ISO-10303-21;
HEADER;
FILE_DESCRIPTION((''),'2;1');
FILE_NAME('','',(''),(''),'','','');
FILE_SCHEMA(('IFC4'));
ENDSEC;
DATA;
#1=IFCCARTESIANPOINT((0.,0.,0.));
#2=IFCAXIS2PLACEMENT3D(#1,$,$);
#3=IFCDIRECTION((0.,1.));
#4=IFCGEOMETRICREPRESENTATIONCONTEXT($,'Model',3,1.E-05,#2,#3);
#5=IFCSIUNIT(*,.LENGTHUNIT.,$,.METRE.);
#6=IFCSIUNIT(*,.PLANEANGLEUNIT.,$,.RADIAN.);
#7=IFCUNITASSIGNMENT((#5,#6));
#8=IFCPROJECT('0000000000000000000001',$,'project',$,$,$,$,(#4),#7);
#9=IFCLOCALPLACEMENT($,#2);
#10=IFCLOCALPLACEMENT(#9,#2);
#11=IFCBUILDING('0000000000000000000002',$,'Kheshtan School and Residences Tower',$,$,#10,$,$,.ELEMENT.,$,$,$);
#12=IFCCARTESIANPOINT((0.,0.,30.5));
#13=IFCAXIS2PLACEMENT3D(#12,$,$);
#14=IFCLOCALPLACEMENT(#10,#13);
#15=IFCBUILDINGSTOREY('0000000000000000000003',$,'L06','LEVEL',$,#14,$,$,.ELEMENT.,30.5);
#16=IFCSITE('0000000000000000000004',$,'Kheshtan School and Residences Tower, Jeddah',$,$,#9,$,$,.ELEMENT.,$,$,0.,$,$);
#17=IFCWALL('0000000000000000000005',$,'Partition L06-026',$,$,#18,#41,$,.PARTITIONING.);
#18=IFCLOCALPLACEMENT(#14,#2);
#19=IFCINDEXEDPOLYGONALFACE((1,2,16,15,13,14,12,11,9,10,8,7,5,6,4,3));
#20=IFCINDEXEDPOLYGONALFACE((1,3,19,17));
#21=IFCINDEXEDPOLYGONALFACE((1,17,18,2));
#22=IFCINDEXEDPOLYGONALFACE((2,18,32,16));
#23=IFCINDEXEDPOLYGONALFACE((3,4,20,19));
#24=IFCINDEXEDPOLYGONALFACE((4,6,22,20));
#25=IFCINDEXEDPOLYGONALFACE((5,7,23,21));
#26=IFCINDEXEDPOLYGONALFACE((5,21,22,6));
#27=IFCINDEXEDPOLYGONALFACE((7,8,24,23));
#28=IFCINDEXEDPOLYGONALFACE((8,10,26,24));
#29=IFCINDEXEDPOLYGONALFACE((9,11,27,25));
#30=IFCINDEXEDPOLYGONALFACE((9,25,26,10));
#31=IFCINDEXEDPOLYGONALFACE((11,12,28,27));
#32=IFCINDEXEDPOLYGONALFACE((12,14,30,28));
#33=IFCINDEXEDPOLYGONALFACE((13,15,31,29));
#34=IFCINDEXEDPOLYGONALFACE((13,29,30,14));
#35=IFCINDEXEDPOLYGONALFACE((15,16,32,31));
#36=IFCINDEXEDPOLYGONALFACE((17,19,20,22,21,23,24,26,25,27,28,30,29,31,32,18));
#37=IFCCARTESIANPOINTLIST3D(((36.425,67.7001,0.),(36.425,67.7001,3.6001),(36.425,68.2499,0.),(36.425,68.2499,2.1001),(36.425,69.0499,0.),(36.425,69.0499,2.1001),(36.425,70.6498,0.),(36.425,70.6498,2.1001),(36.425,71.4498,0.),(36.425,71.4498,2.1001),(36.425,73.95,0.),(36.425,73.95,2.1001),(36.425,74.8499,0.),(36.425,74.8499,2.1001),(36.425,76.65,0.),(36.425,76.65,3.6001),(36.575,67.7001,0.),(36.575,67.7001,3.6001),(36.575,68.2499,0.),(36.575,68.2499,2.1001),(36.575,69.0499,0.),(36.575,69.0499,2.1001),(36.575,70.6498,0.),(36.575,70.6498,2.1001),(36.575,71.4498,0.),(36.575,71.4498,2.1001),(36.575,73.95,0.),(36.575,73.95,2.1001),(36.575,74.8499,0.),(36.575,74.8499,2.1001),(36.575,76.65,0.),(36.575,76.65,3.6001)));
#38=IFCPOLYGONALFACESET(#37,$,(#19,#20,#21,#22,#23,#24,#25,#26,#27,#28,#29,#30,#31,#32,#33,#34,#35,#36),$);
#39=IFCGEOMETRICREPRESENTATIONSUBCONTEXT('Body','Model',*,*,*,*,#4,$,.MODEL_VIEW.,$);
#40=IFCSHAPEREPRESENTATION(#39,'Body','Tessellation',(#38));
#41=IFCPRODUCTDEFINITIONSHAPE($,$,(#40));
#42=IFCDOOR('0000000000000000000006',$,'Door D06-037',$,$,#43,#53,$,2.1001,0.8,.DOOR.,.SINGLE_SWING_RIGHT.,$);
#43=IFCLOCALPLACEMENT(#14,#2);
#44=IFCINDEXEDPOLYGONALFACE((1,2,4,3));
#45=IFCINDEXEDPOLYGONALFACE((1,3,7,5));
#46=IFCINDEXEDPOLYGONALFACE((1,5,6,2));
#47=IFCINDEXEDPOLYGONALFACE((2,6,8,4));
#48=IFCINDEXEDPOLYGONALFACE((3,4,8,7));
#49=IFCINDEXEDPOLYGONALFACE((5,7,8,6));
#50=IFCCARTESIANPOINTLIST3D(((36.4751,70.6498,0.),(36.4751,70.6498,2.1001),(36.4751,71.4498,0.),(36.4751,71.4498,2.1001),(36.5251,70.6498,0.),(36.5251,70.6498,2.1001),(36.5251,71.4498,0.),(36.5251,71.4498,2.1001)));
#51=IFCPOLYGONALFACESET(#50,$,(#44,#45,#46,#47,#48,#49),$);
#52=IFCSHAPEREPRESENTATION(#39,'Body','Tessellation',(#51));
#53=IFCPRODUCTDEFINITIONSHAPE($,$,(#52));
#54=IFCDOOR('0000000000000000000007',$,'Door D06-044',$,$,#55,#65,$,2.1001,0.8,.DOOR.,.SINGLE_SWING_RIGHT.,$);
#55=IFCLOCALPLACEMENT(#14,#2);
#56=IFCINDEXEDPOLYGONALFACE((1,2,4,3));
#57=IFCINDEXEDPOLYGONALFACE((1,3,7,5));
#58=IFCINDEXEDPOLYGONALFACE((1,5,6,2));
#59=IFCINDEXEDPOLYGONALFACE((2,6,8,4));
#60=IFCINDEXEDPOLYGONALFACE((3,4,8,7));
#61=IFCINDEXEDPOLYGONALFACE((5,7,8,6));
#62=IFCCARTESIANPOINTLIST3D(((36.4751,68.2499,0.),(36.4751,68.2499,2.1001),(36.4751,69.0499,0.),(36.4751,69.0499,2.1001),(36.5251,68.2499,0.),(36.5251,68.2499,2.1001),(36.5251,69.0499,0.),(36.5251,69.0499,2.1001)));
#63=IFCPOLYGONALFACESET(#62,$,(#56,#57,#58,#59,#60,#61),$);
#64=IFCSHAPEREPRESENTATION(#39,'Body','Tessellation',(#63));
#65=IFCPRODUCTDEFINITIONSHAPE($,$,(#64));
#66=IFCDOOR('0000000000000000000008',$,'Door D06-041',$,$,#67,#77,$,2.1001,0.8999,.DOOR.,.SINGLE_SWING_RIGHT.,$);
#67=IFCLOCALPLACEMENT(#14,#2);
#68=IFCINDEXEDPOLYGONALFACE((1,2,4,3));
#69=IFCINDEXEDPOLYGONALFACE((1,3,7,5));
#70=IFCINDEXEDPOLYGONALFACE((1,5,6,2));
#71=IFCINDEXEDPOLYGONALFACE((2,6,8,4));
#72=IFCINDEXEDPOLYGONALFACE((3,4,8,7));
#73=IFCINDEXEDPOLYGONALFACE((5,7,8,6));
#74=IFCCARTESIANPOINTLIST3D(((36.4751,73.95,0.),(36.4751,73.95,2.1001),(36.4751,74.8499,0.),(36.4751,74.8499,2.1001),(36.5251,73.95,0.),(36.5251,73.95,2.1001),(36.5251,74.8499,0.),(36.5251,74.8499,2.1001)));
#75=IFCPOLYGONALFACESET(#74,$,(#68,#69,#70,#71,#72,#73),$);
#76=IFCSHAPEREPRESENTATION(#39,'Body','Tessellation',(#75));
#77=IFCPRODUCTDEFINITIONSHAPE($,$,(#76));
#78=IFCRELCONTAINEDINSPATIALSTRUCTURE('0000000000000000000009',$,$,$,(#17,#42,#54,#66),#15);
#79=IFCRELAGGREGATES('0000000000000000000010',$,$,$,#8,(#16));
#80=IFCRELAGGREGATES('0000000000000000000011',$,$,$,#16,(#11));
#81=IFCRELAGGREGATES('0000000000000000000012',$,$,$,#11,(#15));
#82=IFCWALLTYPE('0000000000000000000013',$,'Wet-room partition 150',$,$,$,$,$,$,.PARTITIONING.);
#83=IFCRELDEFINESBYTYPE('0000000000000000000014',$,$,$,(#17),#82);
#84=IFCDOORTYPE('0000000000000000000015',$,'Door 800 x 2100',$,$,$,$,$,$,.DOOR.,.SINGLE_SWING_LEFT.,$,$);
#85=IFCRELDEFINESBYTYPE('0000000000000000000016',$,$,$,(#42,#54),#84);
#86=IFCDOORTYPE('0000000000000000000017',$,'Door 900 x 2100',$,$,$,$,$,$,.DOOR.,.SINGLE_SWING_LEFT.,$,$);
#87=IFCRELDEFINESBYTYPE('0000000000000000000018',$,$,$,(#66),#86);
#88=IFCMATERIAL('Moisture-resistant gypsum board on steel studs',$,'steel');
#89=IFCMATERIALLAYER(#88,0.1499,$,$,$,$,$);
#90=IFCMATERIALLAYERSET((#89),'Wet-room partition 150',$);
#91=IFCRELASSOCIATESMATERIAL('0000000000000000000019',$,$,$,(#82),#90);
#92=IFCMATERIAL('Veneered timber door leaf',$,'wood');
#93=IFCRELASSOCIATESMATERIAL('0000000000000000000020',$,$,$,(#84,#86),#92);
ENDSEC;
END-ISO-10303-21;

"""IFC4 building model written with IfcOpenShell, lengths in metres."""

from ifc_helpers import new_model, si_unit, direction, frame, frame_2d, origin, place, context, subcontext, project, spatial, rectangle, extrude, source, transform, mapped, material, layer, layer_set, type_object, element, fill, save


model = new_model("IFC4")

# Units and contexts
model_context = context("Model", 3, precision=1e-05, world=origin(), true_north=direction((0.0, 1.0)))
body_context = subcontext(model_context, "Body", "Model", "MODEL_VIEW")
ifc_project = project(units=[si_unit("LENGTHUNIT", "METRE"), si_unit("PLANEANGLEUNIT", "RADIAN")], contexts=[model_context])

# Site, building, storey
site_placement = place(None, origin())
site = spatial("IfcSite", under=ifc_project, at=site_placement, Name="Kheshtan School and Residences Tower, Jeddah", CompositionType="ELEMENT", RefElevation=0.0)
building_placement = place(site_placement, origin())
building = spatial("IfcBuilding", under=site, at=building_placement, Name="Kheshtan School and Residences Tower", CompositionType="ELEMENT")
storey_placement = place(building_placement, frame((0.0, 0.0, 30.5)))
storey = spatial("IfcBuildingStorey", under=building, at=storey_placement, Name="L06", Description="LEVEL", CompositionType="ELEMENT", Elevation=30.5)

# Shared definitions
ifc_material_1 = material(Name="Moisture-resistant gypsum board on steel studs", Category="steel")
ifc_layer_1 = layer(ifc_material_1, 0.1499)
ifc_layer_set_1 = layer_set([ifc_layer_1], Name="Wet-room partition 150")
wall_type_1 = type_object("IfcWallType", Name="Wet-room partition 150", PredefinedType="PARTITIONING", material=ifc_layer_set_1)

# Shared definitions
ifc_material_2 = material(Name="Veneered timber door leaf", Category="wood")
door_type_1 = type_object("IfcDoorType", Name="Door 800 x 2100", OperationType="SINGLE_SWING_LEFT", PredefinedType="DOOR", material=ifc_material_2)
shared_shape_1 = source(origin(), body_context, "Body", "SweptSolid", [
    extrude(rectangle(XDim=0.8, YDim=2.1001, at=frame_2d((0.3999, 1.05))), frame((0.0, 0.0249, 0.0), z_axis=(0.0, -1.0, 0.0), x_axis=(1.0, 0.0, 0.0)), (0.0, 0.0, 1.0), 0.05),
])

# Wall, openings, doors
wall_1_placement = place(storey_placement, frame((36.5, 67.7, 0.0), z_axis=(0.0, 0.0, 1.0), x_axis=(0.0, 1.0, 0.0)))
wall_1 = element("IfcWall", 1, at=wall_1_placement, inside=storey, type_object=wall_type_1, Name="Partition L06-026", PredefinedType="PARTITIONING", context=body_context, shape_type="SweptSolid", body=[
    extrude(rectangle(XDim=8.95, YDim=0.1499, at=frame_2d((4.4751, 0.0))), origin(), (0.0, 0.0, 1.0), 3.6001),
])
opening_1_placement = place(wall_1_placement, frame((2.95, 0.0, 0.0)))
opening_1 = element("IfcOpeningElement", 2, at=opening_1_placement, cuts=wall_1, PredefinedType="OPENING", context=body_context, shape_type="SweptSolid", body=[
    extrude(rectangle(XDim=0.8, YDim=2.1001, at=frame_2d((0.3999, 1.05))), frame((0.0, 0.085, 0.0), z_axis=(0.0, -1.0, 0.0), x_axis=(1.0, 0.0, 0.0)), (0.0, 0.0, 1.0), 0.1699),
])
opening_2_placement = place(wall_1_placement, frame((6.25, 0.0, 0.0)))
opening_2 = element("IfcOpeningElement", 3, at=opening_2_placement, cuts=wall_1, PredefinedType="OPENING", context=body_context, shape_type="SweptSolid", body=[
    extrude(rectangle(XDim=0.8999, YDim=2.1001, at=frame_2d((0.45, 1.05))), frame((0.0, 0.085, 0.0), z_axis=(0.0, -1.0, 0.0), x_axis=(1.0, 0.0, 0.0)), (0.0, 0.0, 1.0), 0.1699),
])
opening_3_placement = place(wall_1_placement, frame((0.55, 0.0, 0.0)))
opening_3 = element("IfcOpeningElement", 4, at=opening_3_placement, cuts=wall_1, PredefinedType="OPENING", context=body_context, shape_type="SweptSolid", body=[
    extrude(rectangle(XDim=0.8, YDim=2.1001, at=frame_2d((0.3999, 1.05))), frame((0.0, 0.085, 0.0), z_axis=(0.0, -1.0, 0.0), x_axis=(1.0, 0.0, 0.0)), (0.0, 0.0, 1.0), 0.1699),
])
door_1_placement = place(opening_1_placement, origin())
door_1 = element("IfcDoor", 5, at=door_1_placement, inside=storey, type_object=door_type_1, Name="Door D06-037", OperationType="SINGLE_SWING_RIGHT", OverallHeight=2.1001, OverallWidth=0.8, PredefinedType="DOOR", context=body_context, shape_type="MappedRepresentation", body=[
    mapped(shared_shape_1, transform((0.0, 0.0, 0.0), x_axis=(1.0, 0.0, 0.0), y_axis=(0.0, 1.0, 0.0), z_axis=(0.0, 0.0, 1.0), scale=1.0)),
])
fill(opening_1, door_1)
door_2_placement = place(opening_3_placement, origin())
door_2 = element("IfcDoor", 6, at=door_2_placement, inside=storey, type_object=door_type_1, Name="Door D06-044", OperationType="SINGLE_SWING_RIGHT", OverallHeight=2.1001, OverallWidth=0.8, PredefinedType="DOOR", context=body_context, shape_type="MappedRepresentation", body=[
    mapped(shared_shape_1, transform((0.0, 0.0, 0.0), x_axis=(1.0, 0.0, 0.0), y_axis=(0.0, 1.0, 0.0), z_axis=(0.0, 0.0, 1.0), scale=1.0)),
])
fill(opening_3, door_2)
door_type_2 = type_object("IfcDoorType", Name="Door 900 x 2100", OperationType="SINGLE_SWING_LEFT", PredefinedType="DOOR", material=ifc_material_2)
shared_shape_2 = source(origin(), body_context, "Body", "SweptSolid", [
    extrude(rectangle(XDim=0.8999, YDim=2.1001, at=frame_2d((0.45, 1.05))), frame((0.0, 0.0249, 0.0), z_axis=(0.0, -1.0, 0.0), x_axis=(1.0, 0.0, 0.0)), (0.0, 0.0, 1.0), 0.05),
])
door_3_placement = place(opening_2_placement, origin())
door_3 = element("IfcDoor", 7, at=door_3_placement, inside=storey, type_object=door_type_2, Name="Door D06-041", OperationType="SINGLE_SWING_RIGHT", OverallHeight=2.1001, OverallWidth=0.8999, PredefinedType="DOOR", context=body_context, shape_type="MappedRepresentation", body=[
    mapped(shared_shape_2, transform((0.0, 0.0, 0.0), x_axis=(1.0, 0.0, 0.0), y_axis=(0.0, 1.0, 0.0), z_axis=(0.0, 0.0, 1.0), scale=1.0)),
])
fill(opening_2, door_3)

save(model, "model.ifc")
